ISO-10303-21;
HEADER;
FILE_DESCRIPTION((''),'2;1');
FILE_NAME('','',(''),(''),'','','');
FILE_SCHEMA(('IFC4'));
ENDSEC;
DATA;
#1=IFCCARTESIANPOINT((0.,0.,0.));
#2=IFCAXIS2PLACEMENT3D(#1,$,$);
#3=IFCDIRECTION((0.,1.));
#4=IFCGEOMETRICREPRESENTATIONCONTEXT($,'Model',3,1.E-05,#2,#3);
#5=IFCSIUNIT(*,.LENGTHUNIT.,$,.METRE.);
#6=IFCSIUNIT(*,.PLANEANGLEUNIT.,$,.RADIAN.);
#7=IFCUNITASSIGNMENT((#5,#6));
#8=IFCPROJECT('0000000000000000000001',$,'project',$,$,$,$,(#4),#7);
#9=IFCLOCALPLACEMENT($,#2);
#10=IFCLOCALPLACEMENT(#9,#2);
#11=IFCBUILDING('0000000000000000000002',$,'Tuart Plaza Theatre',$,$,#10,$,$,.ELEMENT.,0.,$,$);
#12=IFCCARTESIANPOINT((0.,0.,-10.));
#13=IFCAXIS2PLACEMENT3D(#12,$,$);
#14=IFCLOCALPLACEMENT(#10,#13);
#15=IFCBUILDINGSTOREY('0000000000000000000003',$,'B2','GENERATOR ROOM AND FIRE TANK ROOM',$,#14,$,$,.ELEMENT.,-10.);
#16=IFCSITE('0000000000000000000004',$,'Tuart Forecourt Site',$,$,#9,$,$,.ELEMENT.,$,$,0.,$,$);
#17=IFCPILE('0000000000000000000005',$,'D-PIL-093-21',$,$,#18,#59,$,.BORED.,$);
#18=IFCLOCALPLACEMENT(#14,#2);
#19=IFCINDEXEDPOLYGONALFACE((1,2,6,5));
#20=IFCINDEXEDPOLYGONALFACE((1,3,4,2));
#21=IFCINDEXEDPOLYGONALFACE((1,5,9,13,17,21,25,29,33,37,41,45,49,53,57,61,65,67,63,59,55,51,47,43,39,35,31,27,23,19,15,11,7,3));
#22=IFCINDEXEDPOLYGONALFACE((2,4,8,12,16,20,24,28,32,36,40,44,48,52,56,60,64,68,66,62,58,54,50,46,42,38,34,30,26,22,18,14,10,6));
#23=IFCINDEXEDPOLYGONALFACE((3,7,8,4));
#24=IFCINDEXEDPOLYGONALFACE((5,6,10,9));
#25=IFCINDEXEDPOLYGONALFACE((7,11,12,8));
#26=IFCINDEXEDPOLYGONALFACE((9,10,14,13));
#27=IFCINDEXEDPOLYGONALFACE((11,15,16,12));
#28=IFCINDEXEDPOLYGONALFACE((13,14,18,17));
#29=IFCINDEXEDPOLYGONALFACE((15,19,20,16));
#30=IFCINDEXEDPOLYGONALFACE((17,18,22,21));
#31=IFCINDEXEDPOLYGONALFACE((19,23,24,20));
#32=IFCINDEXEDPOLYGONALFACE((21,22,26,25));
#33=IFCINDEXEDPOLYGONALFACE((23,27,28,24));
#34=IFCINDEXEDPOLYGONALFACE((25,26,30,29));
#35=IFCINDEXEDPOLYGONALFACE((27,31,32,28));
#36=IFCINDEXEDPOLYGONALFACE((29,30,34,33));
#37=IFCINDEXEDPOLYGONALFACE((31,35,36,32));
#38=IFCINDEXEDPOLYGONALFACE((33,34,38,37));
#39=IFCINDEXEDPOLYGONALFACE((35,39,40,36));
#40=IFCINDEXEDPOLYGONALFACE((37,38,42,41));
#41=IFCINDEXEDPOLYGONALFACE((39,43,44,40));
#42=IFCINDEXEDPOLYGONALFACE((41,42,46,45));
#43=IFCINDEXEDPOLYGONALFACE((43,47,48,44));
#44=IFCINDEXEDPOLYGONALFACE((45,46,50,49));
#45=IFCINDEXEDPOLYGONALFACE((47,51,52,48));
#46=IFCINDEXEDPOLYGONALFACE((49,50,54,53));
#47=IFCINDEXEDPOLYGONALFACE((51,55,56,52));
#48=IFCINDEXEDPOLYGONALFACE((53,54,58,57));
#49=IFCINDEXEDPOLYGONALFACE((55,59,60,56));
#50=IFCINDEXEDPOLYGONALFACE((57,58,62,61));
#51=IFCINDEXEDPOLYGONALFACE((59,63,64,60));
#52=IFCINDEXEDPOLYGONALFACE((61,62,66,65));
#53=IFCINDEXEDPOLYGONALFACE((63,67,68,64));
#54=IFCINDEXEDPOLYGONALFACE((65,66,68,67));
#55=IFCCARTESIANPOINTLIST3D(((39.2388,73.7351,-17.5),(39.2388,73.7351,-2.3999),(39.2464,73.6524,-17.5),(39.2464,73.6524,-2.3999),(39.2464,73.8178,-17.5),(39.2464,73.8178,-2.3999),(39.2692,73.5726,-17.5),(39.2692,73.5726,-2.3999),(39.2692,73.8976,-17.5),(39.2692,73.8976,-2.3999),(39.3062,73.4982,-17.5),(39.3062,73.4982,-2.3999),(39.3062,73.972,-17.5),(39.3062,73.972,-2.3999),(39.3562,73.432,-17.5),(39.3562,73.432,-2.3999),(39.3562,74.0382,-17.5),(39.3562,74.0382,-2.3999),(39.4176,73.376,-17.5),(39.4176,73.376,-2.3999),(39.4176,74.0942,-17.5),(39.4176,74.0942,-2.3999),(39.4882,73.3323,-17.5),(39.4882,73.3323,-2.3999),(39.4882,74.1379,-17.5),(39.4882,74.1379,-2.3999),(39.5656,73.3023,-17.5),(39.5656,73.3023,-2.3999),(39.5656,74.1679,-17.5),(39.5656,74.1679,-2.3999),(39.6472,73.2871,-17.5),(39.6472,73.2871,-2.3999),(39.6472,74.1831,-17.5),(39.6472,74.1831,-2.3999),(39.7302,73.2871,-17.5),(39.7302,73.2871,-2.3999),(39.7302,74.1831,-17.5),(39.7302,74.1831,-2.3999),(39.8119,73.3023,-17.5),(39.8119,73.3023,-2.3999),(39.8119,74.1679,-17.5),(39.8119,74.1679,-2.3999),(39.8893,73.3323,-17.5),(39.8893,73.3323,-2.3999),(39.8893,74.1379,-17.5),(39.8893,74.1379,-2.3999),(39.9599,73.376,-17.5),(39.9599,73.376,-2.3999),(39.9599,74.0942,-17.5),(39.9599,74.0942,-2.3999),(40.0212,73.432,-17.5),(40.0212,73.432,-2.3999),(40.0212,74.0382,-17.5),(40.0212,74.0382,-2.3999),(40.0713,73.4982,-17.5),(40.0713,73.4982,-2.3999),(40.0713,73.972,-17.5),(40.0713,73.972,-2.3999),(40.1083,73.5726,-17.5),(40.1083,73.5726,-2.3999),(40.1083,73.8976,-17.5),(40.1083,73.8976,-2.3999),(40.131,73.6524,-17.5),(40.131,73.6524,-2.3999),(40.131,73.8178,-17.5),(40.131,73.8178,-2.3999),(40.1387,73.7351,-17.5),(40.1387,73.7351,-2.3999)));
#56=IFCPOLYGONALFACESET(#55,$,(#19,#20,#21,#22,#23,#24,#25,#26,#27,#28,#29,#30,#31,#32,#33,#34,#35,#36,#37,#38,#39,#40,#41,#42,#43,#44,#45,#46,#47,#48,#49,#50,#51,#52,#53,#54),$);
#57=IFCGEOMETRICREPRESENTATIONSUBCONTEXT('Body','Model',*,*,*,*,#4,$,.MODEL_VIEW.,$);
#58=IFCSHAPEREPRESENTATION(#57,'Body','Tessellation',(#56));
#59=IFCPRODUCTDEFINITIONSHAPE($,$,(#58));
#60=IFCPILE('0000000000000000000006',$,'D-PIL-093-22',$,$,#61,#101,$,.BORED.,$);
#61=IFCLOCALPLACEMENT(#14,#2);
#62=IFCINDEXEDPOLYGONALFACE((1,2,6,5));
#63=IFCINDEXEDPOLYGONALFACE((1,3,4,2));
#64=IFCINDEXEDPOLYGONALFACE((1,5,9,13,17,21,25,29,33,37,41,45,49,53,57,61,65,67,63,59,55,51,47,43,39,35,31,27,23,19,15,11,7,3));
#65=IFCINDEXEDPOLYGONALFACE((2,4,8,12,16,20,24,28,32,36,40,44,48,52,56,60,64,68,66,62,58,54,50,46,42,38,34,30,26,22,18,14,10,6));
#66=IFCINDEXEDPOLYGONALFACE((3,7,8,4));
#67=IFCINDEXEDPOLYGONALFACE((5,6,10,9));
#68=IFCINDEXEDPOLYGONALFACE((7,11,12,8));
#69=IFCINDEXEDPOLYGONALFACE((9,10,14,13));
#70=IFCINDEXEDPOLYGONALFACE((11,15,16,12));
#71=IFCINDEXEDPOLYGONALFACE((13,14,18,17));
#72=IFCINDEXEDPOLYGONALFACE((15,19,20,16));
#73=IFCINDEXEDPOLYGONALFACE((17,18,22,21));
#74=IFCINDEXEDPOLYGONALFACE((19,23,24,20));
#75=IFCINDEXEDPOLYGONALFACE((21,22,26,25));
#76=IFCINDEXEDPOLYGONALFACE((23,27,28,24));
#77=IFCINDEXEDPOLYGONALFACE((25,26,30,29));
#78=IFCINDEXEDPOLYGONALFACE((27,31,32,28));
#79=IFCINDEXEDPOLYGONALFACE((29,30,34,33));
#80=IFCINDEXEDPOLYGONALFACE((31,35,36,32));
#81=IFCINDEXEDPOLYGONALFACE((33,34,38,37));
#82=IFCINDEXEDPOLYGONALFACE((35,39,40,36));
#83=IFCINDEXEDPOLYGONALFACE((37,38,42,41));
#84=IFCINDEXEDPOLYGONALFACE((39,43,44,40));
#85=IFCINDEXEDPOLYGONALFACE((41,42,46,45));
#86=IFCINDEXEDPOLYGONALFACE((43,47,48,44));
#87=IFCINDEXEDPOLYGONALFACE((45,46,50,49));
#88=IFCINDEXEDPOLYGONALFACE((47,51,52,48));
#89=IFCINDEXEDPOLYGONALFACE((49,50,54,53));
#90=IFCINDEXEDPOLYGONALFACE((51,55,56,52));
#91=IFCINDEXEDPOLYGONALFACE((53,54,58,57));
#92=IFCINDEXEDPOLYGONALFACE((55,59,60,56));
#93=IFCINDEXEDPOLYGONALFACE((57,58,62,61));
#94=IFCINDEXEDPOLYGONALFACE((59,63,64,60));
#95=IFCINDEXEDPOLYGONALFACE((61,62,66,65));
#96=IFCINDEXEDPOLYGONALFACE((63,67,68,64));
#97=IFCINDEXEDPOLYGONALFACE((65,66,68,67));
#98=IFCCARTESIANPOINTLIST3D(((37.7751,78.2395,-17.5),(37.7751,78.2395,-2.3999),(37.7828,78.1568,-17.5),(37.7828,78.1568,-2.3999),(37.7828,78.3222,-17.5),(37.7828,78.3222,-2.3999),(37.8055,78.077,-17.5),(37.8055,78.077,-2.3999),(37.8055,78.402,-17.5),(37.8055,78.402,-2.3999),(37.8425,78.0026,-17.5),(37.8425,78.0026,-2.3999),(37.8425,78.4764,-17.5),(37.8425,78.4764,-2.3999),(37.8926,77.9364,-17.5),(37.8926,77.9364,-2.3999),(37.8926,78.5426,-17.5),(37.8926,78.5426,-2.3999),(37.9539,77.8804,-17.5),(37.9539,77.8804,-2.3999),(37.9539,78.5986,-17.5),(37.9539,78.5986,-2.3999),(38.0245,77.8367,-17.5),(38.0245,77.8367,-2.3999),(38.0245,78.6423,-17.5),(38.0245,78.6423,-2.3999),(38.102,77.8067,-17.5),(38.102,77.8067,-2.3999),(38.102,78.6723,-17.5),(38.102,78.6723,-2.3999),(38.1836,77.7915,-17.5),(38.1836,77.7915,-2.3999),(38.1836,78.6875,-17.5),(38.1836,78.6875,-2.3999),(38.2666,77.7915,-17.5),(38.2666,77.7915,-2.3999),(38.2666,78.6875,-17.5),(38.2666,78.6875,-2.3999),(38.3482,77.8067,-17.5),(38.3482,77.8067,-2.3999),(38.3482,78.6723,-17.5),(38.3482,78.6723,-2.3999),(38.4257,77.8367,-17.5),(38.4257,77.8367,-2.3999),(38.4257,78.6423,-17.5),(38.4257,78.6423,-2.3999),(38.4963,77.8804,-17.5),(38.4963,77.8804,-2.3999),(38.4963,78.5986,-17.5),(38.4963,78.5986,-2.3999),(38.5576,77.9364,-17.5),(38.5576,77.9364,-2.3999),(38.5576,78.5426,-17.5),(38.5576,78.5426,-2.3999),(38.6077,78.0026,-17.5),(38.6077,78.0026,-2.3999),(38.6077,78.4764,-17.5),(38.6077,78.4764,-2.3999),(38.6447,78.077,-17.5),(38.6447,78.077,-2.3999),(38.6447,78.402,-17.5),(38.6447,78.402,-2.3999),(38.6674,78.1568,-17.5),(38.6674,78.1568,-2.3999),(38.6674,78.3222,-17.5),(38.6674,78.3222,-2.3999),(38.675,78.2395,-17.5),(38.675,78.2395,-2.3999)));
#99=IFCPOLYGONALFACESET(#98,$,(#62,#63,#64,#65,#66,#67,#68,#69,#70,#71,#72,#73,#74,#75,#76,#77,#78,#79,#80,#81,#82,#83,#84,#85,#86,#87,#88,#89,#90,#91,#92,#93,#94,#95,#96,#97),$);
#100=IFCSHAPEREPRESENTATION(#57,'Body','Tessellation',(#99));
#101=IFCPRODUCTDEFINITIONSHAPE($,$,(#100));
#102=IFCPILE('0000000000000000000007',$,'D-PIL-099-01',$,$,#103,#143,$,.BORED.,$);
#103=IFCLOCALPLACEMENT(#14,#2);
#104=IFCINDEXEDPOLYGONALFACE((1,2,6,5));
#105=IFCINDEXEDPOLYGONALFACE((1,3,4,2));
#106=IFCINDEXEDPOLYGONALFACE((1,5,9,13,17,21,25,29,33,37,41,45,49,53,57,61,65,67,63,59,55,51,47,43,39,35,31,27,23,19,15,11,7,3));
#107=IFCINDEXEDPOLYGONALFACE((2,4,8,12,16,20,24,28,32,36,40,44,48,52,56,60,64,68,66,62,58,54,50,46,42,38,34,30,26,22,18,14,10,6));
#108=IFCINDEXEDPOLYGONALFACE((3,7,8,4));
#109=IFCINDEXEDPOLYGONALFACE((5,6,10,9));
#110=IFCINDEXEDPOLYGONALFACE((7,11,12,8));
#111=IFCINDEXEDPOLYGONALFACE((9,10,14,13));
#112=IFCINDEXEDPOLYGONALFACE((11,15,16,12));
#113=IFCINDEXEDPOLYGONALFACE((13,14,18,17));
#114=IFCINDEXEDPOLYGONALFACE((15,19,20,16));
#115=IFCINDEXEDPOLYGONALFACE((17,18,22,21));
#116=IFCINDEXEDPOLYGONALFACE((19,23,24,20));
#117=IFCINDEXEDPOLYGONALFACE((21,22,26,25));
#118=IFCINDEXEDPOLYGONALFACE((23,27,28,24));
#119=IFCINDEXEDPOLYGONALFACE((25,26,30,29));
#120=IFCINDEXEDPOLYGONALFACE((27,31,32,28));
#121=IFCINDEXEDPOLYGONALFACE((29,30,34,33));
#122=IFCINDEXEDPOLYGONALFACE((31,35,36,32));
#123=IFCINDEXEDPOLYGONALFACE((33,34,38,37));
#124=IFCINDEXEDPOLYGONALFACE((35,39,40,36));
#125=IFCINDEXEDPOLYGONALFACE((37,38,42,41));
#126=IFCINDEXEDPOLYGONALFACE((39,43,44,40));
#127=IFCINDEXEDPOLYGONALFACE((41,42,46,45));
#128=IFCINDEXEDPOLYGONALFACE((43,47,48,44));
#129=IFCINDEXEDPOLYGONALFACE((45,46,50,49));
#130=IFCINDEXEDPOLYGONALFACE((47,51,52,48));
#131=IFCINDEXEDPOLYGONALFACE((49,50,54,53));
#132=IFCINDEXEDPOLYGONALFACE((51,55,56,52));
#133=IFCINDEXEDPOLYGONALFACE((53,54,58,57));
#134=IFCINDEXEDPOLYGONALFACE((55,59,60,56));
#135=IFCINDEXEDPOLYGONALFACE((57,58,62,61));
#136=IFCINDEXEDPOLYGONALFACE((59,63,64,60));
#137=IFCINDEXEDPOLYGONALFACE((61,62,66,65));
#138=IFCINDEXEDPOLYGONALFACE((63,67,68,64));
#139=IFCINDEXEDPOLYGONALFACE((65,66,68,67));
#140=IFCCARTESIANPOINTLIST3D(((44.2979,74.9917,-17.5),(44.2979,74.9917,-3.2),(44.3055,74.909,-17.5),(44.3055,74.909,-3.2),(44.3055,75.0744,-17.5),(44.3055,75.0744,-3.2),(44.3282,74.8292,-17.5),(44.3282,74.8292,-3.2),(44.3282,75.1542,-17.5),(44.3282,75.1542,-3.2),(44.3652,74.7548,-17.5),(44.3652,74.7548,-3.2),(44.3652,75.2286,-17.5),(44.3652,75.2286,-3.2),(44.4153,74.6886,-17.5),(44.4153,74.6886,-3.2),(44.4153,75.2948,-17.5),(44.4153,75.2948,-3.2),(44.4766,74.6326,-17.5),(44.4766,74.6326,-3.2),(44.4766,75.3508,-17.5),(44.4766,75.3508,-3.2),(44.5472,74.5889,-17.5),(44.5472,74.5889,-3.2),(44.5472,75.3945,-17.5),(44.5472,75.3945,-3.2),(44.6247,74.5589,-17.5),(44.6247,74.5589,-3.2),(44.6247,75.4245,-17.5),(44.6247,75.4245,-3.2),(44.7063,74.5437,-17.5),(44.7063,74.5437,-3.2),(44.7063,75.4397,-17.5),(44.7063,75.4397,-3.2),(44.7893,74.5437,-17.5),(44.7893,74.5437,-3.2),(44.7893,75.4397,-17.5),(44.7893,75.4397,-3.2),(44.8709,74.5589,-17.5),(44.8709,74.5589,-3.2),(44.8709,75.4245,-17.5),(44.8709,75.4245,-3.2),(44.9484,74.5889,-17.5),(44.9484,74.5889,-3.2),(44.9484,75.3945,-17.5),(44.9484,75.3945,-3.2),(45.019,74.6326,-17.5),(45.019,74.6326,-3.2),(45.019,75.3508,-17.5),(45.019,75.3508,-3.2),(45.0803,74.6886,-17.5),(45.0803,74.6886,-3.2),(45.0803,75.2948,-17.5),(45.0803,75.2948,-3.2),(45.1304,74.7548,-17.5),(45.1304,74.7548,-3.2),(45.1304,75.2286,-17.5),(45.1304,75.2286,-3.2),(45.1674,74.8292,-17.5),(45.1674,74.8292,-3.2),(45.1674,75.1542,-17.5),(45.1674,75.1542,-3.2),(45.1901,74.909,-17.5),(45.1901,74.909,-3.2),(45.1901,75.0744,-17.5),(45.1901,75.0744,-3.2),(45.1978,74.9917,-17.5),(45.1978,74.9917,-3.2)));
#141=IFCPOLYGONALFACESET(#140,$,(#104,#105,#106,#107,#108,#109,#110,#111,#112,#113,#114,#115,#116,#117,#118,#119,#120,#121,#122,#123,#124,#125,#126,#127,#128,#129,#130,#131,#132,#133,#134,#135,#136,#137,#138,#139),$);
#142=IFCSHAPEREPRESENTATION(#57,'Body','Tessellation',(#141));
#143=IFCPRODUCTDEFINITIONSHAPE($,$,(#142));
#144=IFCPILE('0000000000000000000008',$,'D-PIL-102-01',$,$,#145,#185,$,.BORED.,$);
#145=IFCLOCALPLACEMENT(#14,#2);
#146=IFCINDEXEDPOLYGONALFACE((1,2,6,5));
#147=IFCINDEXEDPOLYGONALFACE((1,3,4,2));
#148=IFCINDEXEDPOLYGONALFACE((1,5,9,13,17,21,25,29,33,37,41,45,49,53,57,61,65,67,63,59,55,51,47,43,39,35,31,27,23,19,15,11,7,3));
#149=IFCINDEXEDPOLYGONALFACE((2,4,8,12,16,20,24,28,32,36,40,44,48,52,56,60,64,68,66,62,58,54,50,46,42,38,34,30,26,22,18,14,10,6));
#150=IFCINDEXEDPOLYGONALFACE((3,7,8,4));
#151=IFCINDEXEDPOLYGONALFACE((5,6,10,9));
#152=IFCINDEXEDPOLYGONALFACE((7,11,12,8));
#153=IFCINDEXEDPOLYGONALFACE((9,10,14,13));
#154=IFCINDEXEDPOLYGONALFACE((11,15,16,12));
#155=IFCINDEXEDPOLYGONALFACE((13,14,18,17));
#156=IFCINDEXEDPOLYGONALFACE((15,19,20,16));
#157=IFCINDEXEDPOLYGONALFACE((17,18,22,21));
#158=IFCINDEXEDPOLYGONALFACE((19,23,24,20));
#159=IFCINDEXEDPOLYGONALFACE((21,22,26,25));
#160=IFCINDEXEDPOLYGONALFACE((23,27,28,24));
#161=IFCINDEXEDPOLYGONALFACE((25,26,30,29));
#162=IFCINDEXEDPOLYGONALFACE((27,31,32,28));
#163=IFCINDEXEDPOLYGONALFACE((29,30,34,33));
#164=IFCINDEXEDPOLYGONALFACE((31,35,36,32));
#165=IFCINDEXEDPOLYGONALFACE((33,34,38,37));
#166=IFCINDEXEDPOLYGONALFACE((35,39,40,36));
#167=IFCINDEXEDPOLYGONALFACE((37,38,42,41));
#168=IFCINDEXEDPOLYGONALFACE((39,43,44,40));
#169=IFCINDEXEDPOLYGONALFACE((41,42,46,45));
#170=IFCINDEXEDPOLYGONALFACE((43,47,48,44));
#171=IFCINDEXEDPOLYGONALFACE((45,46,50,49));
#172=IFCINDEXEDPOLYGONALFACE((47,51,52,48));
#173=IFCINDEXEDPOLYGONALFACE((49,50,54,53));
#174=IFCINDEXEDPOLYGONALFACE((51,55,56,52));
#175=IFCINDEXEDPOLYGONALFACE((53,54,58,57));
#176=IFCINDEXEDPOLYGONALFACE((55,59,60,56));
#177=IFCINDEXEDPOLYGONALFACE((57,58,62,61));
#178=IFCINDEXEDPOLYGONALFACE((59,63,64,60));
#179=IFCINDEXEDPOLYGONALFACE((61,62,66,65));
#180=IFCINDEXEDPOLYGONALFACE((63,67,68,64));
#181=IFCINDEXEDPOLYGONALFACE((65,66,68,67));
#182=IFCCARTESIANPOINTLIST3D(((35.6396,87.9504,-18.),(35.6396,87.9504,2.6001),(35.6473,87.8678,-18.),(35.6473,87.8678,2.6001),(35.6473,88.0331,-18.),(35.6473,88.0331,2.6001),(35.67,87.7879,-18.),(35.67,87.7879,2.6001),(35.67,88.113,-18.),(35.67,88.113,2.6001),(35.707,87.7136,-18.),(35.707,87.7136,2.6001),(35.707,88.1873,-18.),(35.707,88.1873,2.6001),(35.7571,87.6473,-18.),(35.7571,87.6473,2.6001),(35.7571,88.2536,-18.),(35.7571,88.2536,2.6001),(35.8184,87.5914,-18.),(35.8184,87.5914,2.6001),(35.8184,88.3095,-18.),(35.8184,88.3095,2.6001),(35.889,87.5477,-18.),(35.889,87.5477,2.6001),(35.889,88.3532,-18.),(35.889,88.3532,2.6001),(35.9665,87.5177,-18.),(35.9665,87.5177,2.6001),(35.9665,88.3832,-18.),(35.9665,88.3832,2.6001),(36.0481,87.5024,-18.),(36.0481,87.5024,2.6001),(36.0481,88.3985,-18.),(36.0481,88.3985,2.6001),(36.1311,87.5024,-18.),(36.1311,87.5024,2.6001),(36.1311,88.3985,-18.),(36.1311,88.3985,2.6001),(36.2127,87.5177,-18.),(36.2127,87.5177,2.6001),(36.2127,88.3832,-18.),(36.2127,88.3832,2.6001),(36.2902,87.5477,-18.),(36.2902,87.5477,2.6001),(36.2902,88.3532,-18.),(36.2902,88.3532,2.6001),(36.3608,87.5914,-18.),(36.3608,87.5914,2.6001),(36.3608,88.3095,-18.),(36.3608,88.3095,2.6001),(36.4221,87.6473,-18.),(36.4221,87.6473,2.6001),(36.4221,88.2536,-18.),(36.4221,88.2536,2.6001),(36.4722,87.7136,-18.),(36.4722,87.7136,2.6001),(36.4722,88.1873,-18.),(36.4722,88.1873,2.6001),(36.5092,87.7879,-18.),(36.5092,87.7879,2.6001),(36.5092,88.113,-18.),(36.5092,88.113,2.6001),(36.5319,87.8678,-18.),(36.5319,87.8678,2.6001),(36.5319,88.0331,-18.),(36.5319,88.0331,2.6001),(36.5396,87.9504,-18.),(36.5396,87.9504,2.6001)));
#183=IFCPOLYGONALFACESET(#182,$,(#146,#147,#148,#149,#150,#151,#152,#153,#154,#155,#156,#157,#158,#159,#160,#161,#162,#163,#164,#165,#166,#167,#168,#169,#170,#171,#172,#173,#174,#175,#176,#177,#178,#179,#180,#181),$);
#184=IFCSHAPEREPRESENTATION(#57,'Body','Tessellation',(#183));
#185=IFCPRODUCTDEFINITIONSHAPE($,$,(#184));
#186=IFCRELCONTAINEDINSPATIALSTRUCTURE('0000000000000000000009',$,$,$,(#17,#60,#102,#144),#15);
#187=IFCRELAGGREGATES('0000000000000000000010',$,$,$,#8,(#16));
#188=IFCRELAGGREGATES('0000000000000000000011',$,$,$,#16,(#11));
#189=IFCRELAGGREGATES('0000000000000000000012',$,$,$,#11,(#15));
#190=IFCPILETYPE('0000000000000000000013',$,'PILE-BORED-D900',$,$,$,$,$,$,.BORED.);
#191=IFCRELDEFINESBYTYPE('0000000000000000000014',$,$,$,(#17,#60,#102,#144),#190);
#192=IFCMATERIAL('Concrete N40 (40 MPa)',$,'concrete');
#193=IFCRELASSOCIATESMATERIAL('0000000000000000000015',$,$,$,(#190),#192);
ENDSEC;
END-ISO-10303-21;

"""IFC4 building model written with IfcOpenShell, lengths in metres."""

from ifc_helpers import new_model, si_unit, direction, frame, origin, origin_2d, place, context, subcontext, project, spatial, circle, extrude, material, material_profile, profile_set, type_object, element, save


model = new_model("IFC4")

# Units and contexts
model_context = context("Model", 3, precision=1e-05, world=origin(), true_north=direction((0.0, 1.0)))
body_context = subcontext(model_context, "Body", "Model", "MODEL_VIEW")
ifc_project = project(units=[si_unit("LENGTHUNIT", "METRE"), si_unit("PLANEANGLEUNIT", "RADIAN")], contexts=[model_context])

# Site, building, storey
site_placement = place(None, origin())
site = spatial("IfcSite", under=ifc_project, at=site_placement, Name="Tuart Forecourt Site", CompositionType="ELEMENT", RefElevation=0.0)
building_placement = place(site_placement, origin())
building = spatial("IfcBuilding", under=site, at=building_placement, Name="Tuart Plaza Theatre", CompositionType="ELEMENT", ElevationOfRefHeight=0.0)
storey_placement = place(building_placement, frame((0.0, 0.0, -10.0)))
storey = spatial("IfcBuildingStorey", under=building, at=storey_placement, Name="B2", Description="GENERATOR ROOM AND FIRE TANK ROOM", CompositionType="ELEMENT", Elevation=-10.0)

# Piles
ifc_material_1 = material(Name="Concrete N40 (40 MPa)", Category="concrete")
ifc_material_profile_1 = material_profile(ifc_material_1, circle(Radius=0.45, at=origin_2d()), Name="PILE-BORED-D900")
ifc_profile_set_1 = profile_set([ifc_material_profile_1], Name="Concrete N40 (40 MPa)")
pile_type_1 = type_object("IfcPileType", Name="PILE-BORED-D900", PredefinedType="BORED", material=ifc_profile_set_1)
for number, where, z_axis, x_axis, name in (
    (1, (39.6887, 73.7351, -2.3999), (0.0, 0.0, -1.0), (1.0, 0.0, 0.0), "D-PIL-093-21"),
    (2, (38.2251, 78.2395, -2.3999), (0.0, 0.0, -1.0), (1.0, 0.0, 0.0), "D-PIL-093-22"),
):
    element("IfcPile", number, at=place(storey_placement, frame(where, z_axis=z_axis, x_axis=x_axis)), inside=storey, type_object=pile_type_1, Name=name, PredefinedType="BORED", context=body_context, shape_type="SweptSolid", body=[
        extrude(circle(Radius=0.45, at=origin_2d()), origin(), (0.0, 0.0, 1.0), 15.1001),
    ])
pile_1_placement = place(storey_placement, frame((44.7478, 74.9917, -3.2), z_axis=(0.0, 0.0, -1.0), x_axis=(1.0, 0.0, 0.0)))
element("IfcPile", 3, at=pile_1_placement, inside=storey, type_object=pile_type_1, Name="D-PIL-099-01", PredefinedType="BORED", context=body_context, shape_type="SweptSolid", body=[
    extrude(circle(Radius=0.45, at=origin_2d()), origin(), (0.0, 0.0, 1.0), 14.3),
])
pile_2_placement = place(storey_placement, frame((36.0896, 87.9504, 2.6001), z_axis=(0.0, 0.0, -1.0), x_axis=(1.0, 0.0, 0.0)))
element("IfcPile", 4, at=pile_2_placement, inside=storey, type_object=pile_type_1, Name="D-PIL-102-01", PredefinedType="BORED", context=body_context, shape_type="SweptSolid", body=[
    extrude(circle(Radius=0.45, at=origin_2d()), origin(), (0.0, 0.0, 1.0), 20.6001),
])

save(model, "model.ifc")
